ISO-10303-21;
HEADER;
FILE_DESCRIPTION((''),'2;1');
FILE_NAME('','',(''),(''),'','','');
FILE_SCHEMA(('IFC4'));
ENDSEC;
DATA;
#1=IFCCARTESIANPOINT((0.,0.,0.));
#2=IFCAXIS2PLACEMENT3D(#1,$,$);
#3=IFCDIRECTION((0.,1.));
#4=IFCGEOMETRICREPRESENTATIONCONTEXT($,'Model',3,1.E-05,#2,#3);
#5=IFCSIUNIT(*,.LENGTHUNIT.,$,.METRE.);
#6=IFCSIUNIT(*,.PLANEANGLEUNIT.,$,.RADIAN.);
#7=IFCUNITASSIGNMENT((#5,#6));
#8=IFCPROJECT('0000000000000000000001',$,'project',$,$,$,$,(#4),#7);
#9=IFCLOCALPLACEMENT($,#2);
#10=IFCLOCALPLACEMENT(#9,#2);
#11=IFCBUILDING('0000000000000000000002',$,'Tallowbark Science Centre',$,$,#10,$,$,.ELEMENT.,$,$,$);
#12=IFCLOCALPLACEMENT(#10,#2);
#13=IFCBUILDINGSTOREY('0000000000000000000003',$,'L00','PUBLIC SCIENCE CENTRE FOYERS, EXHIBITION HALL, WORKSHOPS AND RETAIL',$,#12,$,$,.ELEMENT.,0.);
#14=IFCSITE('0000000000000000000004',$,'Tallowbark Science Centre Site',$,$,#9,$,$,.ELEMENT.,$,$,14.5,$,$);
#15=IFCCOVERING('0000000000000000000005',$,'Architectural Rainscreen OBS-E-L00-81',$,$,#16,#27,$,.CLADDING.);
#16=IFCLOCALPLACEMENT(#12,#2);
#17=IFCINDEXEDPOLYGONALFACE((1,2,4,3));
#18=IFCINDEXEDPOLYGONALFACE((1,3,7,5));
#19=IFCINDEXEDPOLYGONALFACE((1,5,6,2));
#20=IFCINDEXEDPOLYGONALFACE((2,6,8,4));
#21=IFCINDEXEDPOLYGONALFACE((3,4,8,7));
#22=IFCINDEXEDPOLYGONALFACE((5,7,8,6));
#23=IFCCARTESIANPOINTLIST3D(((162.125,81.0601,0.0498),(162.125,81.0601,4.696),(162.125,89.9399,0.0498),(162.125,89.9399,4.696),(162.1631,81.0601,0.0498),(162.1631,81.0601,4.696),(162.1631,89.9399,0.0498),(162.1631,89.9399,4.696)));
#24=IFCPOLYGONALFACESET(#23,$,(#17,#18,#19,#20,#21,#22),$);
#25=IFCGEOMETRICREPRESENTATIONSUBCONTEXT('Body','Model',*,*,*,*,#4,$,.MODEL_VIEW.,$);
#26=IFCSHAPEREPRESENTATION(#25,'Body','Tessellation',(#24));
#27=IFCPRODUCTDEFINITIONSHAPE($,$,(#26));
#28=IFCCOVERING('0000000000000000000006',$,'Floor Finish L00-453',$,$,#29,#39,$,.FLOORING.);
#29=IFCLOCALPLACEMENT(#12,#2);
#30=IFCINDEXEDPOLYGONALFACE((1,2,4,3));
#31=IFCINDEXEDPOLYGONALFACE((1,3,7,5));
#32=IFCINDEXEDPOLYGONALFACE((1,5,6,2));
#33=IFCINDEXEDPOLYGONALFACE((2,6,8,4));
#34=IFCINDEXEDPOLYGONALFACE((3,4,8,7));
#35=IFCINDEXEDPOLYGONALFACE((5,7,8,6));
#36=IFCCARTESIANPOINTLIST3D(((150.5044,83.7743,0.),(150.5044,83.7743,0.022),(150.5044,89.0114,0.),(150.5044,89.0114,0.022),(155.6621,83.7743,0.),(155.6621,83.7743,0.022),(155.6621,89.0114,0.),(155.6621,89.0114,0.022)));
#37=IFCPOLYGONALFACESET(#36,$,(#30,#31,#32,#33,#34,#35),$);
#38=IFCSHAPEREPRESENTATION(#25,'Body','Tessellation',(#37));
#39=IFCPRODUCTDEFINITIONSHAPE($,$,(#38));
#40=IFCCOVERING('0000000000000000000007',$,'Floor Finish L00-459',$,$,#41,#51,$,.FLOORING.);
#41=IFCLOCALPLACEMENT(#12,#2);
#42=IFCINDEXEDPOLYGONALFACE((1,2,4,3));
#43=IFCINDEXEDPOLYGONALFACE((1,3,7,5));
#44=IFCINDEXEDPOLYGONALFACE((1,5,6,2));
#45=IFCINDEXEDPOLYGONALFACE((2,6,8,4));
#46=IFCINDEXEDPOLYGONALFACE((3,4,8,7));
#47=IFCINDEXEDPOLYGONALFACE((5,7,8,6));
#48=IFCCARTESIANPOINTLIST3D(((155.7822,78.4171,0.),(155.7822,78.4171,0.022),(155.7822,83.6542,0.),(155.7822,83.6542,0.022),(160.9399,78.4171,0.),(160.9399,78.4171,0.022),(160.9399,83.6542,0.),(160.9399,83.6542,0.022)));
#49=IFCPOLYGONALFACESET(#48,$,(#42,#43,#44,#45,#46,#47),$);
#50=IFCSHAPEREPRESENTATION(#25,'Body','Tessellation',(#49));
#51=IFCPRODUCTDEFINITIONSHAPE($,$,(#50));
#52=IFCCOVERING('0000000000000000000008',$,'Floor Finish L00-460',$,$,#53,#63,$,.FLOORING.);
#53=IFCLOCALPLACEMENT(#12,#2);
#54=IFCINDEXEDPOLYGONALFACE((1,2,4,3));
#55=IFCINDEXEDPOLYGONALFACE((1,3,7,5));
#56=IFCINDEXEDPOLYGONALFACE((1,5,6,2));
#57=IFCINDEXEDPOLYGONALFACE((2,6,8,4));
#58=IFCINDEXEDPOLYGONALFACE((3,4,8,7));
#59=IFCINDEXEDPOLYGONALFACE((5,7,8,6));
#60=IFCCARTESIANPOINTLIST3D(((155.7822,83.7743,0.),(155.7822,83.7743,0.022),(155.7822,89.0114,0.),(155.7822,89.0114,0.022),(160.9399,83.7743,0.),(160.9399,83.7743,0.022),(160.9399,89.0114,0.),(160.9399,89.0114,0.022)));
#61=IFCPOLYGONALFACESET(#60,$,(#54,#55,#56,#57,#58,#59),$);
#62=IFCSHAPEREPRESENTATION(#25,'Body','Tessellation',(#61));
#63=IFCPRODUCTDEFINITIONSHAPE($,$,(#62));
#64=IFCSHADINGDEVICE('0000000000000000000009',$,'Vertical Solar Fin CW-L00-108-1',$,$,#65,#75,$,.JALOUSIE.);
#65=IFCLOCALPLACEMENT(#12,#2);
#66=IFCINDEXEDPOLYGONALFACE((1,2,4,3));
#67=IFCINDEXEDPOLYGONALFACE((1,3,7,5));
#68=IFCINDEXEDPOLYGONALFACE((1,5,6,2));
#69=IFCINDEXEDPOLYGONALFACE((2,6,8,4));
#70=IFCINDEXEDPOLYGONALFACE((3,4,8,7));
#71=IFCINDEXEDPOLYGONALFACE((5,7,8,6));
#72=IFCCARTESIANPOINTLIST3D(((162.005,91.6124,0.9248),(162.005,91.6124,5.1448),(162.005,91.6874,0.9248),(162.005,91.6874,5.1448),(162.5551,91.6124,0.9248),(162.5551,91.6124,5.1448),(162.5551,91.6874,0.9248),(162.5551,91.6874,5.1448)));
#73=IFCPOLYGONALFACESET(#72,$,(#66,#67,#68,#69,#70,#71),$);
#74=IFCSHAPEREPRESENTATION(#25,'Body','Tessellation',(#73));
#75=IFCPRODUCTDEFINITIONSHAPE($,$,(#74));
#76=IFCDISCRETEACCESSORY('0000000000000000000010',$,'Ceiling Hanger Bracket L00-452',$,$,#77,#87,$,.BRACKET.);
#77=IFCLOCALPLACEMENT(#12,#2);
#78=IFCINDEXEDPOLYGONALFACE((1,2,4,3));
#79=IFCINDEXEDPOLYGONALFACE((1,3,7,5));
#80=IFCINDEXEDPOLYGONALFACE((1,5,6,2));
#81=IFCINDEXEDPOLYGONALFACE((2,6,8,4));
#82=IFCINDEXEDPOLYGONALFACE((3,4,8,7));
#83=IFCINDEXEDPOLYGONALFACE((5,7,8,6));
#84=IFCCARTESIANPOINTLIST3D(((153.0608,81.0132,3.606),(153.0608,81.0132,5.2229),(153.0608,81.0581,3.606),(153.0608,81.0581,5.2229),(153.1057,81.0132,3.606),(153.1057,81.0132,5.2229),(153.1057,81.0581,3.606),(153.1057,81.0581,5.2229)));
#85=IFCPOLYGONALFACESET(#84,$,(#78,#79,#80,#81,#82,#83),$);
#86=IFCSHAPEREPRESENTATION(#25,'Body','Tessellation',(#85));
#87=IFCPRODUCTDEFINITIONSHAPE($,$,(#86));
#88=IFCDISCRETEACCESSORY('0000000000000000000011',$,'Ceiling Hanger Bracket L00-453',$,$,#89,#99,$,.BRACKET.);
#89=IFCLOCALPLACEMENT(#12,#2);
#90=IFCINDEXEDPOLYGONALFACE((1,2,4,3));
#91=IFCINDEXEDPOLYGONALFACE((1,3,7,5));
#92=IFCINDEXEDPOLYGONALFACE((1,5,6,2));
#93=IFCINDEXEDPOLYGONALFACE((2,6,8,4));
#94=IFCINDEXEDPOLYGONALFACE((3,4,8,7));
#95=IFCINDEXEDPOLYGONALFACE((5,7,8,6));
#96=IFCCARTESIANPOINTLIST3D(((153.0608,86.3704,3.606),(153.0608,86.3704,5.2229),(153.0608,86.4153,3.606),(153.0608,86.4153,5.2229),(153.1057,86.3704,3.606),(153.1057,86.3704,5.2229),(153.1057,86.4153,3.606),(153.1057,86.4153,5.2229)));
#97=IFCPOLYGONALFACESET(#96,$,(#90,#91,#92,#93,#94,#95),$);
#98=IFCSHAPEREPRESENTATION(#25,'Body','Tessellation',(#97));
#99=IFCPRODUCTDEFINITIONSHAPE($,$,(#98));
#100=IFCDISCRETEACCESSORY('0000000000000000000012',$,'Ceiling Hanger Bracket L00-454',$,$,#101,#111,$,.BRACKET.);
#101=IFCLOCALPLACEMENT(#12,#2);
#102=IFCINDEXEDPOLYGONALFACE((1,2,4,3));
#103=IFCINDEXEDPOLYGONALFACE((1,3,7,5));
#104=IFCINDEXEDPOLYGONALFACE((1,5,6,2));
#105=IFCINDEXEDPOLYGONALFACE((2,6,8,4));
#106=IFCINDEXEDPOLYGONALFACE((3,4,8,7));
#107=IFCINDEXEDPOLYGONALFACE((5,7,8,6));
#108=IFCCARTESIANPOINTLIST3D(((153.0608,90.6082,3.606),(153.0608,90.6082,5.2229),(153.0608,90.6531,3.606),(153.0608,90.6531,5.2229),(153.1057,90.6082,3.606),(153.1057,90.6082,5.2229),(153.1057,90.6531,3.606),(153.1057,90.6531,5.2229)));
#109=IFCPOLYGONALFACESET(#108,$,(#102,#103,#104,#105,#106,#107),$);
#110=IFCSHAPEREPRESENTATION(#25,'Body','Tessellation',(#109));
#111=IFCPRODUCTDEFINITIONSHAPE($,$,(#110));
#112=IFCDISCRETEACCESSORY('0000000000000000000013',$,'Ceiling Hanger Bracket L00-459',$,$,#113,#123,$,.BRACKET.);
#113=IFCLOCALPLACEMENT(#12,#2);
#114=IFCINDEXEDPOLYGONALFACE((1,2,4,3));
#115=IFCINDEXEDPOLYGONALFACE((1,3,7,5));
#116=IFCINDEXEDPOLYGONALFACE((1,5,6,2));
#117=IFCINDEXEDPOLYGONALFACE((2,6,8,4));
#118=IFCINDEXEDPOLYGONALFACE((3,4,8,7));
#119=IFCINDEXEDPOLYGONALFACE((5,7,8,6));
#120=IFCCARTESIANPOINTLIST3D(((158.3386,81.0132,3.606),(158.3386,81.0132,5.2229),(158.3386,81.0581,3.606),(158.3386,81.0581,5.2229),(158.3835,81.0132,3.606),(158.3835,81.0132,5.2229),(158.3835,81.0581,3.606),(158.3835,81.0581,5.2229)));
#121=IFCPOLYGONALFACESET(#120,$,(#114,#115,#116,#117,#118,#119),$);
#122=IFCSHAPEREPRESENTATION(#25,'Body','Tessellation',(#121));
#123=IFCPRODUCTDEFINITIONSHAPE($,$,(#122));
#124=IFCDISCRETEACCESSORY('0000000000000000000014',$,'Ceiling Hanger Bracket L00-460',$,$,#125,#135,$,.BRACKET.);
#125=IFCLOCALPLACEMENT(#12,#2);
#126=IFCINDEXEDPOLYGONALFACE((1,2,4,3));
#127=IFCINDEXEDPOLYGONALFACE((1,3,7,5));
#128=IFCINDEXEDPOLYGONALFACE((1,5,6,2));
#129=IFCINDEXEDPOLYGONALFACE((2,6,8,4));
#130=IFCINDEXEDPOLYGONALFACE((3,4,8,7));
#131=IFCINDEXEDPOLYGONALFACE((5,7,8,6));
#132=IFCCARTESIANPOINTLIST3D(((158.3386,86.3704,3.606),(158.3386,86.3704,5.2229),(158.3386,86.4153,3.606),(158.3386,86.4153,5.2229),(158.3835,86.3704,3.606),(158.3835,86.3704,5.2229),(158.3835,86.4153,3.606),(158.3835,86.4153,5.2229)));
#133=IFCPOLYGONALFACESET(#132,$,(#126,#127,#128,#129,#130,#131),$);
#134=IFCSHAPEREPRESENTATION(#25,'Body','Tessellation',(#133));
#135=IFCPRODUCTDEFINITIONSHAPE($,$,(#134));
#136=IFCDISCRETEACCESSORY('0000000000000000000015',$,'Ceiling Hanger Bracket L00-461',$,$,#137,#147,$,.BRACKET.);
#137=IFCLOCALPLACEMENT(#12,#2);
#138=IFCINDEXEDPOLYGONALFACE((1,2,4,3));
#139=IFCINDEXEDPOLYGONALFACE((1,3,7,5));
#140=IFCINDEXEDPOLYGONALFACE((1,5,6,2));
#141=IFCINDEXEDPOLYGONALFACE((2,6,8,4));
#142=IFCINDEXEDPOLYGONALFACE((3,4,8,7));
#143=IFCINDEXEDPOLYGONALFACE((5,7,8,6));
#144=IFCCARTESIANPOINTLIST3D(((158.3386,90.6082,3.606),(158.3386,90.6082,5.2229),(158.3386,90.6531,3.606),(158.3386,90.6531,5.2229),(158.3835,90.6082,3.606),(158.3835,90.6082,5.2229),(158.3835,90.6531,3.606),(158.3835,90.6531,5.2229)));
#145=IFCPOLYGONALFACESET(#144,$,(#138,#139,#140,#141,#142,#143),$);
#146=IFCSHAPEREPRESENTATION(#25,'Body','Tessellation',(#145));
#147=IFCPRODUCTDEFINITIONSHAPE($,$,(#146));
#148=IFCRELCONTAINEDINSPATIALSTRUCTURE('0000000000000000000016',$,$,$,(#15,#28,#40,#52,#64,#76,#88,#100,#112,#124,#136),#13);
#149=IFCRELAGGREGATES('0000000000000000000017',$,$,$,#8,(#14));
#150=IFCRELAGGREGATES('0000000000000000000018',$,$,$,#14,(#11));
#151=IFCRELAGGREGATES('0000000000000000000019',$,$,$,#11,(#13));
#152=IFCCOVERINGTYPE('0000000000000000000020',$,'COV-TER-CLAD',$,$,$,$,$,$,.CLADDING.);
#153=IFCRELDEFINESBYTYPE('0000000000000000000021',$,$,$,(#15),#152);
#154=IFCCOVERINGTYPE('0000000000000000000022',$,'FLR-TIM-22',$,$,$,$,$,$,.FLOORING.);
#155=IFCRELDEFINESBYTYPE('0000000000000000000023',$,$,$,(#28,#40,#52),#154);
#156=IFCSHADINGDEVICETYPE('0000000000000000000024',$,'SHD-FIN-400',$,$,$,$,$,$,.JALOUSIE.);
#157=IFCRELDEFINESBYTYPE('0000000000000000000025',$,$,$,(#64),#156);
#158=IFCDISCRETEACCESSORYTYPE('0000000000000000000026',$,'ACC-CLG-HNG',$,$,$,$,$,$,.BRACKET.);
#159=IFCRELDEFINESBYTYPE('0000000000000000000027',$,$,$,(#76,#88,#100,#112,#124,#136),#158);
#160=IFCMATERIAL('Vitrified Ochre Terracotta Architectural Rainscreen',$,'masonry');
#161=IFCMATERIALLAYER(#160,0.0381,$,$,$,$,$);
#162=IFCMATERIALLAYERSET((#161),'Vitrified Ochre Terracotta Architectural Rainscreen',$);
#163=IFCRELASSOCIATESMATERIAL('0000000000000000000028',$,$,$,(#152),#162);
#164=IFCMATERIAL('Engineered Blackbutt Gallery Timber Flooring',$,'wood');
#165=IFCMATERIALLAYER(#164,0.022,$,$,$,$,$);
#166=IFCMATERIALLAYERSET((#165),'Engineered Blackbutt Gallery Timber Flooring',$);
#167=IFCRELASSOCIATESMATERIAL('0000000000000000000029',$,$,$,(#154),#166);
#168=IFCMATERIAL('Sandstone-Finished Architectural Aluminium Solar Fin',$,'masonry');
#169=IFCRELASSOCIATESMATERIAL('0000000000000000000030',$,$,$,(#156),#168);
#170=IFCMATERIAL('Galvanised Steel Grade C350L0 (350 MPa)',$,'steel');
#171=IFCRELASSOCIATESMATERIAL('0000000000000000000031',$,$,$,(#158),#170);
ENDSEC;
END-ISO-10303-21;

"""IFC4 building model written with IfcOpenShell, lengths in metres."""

from ifc_helpers import new_model, si_unit, direction, frame, origin, origin_2d, place, context, subcontext, project, spatial, rectangle, extrude, material, layer, layer_set, type_object, element, save


model = new_model("IFC4")

# Units and contexts
model_context = context("Model", 3, precision=1e-05, world=origin(), true_north=direction((0.0, 1.0)))
body_context = subcontext(model_context, "Body", "Model", "MODEL_VIEW")
ifc_project = project(units=[si_unit("LENGTHUNIT", "METRE"), si_unit("PLANEANGLEUNIT", "RADIAN")], contexts=[model_context])

# Site, building, storey
site_placement = place(None, origin())
site = spatial("IfcSite", under=ifc_project, at=site_placement, Name="Tallowbark Science Centre Site", CompositionType="ELEMENT", RefElevation=14.5)
building_placement = place(site_placement, origin())
building = spatial("IfcBuilding", under=site, at=building_placement, Name="Tallowbark Science Centre", CompositionType="ELEMENT")
storey_placement = place(building_placement, origin())
storey = spatial("IfcBuildingStorey", under=building, at=storey_placement, Name="L00", Description="PUBLIC SCIENCE CENTRE FOYERS, EXHIBITION HALL, WORKSHOPS AND RETAIL", CompositionType="ELEMENT", Elevation=0.0)

# Coverings
ifc_material_1 = material(Name="Vitrified Ochre Terracotta Architectural Rainscreen", Category="masonry")
ifc_layer_1 = layer(ifc_material_1, 0.0381)
ifc_layer_set_1 = layer_set([ifc_layer_1], Name="Vitrified Ochre Terracotta Architectural Rainscreen")
covering_type_1 = type_object("IfcCoveringType", Name="COV-TER-CLAD", PredefinedType="CLADDING", material=ifc_layer_set_1)
covering_1_placement = place(storey_placement, frame((162.144, 85.5, 0.0498), z_axis=(0.0, 0.0, 1.0), x_axis=(0.0, 1.0, 0.0)))
element("IfcCovering", 1, at=covering_1_placement, inside=storey, type_object=covering_type_1, Name="Architectural Rainscreen OBS-E-L00-81", PredefinedType="CLADDING", context=body_context, shape_type="SweptSolid", body=[
    extrude(rectangle(XDim=8.8799, YDim=0.0381, at=origin_2d()), origin(), (0.0, 0.0, 1.0), 4.6462),
])
ifc_material_2 = material(Name="Engineered Blackbutt Gallery Timber Flooring", Category="wood")
ifc_layer_2 = layer(ifc_material_2, 0.022)
ifc_layer_set_2 = layer_set([ifc_layer_2], Name="Engineered Blackbutt Gallery Timber Flooring")
covering_type_2 = type_object("IfcCoveringType", Name="FLR-TIM-22", PredefinedType="FLOORING", material=ifc_layer_set_2)
for number, where, z_axis, x_axis, name in (
    (2, (153.0833, 86.3928, 0.0), (0.0, 0.0, 1.0), (1.0, 0.0, 0.0), "Floor Finish L00-453"),
    (3, (158.3611, 81.0356, 0.0), (0.0, 0.0, 1.0), (1.0, 0.0, 0.0), "Floor Finish L00-459"),
    (4, (158.3611, 86.3928, 0.0), (0.0, 0.0, 1.0), (1.0, 0.0, 0.0), "Floor Finish L00-460"),
):
    element("IfcCovering", number, at=place(storey_placement, frame(where, z_axis=z_axis, x_axis=x_axis)), inside=storey, type_object=covering_type_2, Name=name, PredefinedType="FLOORING", context=body_context, shape_type="SweptSolid", body=[
        extrude(rectangle(XDim=5.1577, YDim=5.2371, at=origin_2d()), origin(), (0.0, 0.0, 1.0), 0.022),
    ])

# Shading device
ifc_material_3 = material(Name="Sandstone-Finished Architectural Aluminium Solar Fin", Category="masonry")
shading_device_type = type_object("IfcShadingDeviceType", Name="SHD-FIN-400", PredefinedType="JALOUSIE", material=ifc_material_3)
shading_device_placement = place(storey_placement, frame((162.28, 91.6499, 0.9248), z_axis=(0.0, 0.0, 1.0), x_axis=(0.0, 1.0, 0.0)))
element("IfcShadingDevice", 5, at=shading_device_placement, inside=storey, type_object=shading_device_type, Name="Vertical Solar Fin CW-L00-108-1", PredefinedType="JALOUSIE", context=body_context, shape_type="SweptSolid", body=[
    extrude(rectangle(XDim=0.075, YDim=0.55, at=origin_2d()), origin(), (0.0, 0.0, 1.0), 4.22),
])

# Discrete accessories
ifc_material_4 = material(Name="Galvanised Steel Grade C350L0 (350 MPa)", Category="steel")
discrete_accessory_type = type_object("IfcDiscreteAccessoryType", Name="ACC-CLG-HNG", PredefinedType="BRACKET", material=ifc_material_4)
for number, where, z_axis, x_axis, name in (
    (6, (153.0833, 81.0356, 3.606), (0.0, 0.0, 1.0), (1.0, 0.0, 0.0), "Ceiling Hanger Bracket L00-452"),
    (7, (153.0833, 86.3928, 3.606), (0.0, 0.0, 1.0), (1.0, 0.0, 0.0), "Ceiling Hanger Bracket L00-453"),
    (8, (153.0833, 90.6306, 3.606), (0.0, 0.0, 1.0), (1.0, 0.0, 0.0), "Ceiling Hanger Bracket L00-454"),
    (9, (158.3611, 81.0356, 3.606), (0.0, 0.0, 1.0), (1.0, 0.0, 0.0), "Ceiling Hanger Bracket L00-459"),
    (10, (158.3611, 86.3928, 3.606), (0.0, 0.0, 1.0), (1.0, 0.0, 0.0), "Ceiling Hanger Bracket L00-460"),
    (11, (158.3611, 90.6306, 3.606), (0.0, 0.0, 1.0), (1.0, 0.0, 0.0), "Ceiling Hanger Bracket L00-461"),
):
    element("IfcDiscreteAccessory", number, at=place(storey_placement, frame(where, z_axis=z_axis, x_axis=x_axis)), inside=storey, type_object=discrete_accessory_type, Name=name, PredefinedType="BRACKET", context=body_context, shape_type="SweptSolid", body=[
        extrude(rectangle(XDim=0.0449, YDim=0.0449, at=origin_2d()), origin(), (0.0, 0.0, 1.0), 1.6169),
    ])

save(model, "model.ifc")
